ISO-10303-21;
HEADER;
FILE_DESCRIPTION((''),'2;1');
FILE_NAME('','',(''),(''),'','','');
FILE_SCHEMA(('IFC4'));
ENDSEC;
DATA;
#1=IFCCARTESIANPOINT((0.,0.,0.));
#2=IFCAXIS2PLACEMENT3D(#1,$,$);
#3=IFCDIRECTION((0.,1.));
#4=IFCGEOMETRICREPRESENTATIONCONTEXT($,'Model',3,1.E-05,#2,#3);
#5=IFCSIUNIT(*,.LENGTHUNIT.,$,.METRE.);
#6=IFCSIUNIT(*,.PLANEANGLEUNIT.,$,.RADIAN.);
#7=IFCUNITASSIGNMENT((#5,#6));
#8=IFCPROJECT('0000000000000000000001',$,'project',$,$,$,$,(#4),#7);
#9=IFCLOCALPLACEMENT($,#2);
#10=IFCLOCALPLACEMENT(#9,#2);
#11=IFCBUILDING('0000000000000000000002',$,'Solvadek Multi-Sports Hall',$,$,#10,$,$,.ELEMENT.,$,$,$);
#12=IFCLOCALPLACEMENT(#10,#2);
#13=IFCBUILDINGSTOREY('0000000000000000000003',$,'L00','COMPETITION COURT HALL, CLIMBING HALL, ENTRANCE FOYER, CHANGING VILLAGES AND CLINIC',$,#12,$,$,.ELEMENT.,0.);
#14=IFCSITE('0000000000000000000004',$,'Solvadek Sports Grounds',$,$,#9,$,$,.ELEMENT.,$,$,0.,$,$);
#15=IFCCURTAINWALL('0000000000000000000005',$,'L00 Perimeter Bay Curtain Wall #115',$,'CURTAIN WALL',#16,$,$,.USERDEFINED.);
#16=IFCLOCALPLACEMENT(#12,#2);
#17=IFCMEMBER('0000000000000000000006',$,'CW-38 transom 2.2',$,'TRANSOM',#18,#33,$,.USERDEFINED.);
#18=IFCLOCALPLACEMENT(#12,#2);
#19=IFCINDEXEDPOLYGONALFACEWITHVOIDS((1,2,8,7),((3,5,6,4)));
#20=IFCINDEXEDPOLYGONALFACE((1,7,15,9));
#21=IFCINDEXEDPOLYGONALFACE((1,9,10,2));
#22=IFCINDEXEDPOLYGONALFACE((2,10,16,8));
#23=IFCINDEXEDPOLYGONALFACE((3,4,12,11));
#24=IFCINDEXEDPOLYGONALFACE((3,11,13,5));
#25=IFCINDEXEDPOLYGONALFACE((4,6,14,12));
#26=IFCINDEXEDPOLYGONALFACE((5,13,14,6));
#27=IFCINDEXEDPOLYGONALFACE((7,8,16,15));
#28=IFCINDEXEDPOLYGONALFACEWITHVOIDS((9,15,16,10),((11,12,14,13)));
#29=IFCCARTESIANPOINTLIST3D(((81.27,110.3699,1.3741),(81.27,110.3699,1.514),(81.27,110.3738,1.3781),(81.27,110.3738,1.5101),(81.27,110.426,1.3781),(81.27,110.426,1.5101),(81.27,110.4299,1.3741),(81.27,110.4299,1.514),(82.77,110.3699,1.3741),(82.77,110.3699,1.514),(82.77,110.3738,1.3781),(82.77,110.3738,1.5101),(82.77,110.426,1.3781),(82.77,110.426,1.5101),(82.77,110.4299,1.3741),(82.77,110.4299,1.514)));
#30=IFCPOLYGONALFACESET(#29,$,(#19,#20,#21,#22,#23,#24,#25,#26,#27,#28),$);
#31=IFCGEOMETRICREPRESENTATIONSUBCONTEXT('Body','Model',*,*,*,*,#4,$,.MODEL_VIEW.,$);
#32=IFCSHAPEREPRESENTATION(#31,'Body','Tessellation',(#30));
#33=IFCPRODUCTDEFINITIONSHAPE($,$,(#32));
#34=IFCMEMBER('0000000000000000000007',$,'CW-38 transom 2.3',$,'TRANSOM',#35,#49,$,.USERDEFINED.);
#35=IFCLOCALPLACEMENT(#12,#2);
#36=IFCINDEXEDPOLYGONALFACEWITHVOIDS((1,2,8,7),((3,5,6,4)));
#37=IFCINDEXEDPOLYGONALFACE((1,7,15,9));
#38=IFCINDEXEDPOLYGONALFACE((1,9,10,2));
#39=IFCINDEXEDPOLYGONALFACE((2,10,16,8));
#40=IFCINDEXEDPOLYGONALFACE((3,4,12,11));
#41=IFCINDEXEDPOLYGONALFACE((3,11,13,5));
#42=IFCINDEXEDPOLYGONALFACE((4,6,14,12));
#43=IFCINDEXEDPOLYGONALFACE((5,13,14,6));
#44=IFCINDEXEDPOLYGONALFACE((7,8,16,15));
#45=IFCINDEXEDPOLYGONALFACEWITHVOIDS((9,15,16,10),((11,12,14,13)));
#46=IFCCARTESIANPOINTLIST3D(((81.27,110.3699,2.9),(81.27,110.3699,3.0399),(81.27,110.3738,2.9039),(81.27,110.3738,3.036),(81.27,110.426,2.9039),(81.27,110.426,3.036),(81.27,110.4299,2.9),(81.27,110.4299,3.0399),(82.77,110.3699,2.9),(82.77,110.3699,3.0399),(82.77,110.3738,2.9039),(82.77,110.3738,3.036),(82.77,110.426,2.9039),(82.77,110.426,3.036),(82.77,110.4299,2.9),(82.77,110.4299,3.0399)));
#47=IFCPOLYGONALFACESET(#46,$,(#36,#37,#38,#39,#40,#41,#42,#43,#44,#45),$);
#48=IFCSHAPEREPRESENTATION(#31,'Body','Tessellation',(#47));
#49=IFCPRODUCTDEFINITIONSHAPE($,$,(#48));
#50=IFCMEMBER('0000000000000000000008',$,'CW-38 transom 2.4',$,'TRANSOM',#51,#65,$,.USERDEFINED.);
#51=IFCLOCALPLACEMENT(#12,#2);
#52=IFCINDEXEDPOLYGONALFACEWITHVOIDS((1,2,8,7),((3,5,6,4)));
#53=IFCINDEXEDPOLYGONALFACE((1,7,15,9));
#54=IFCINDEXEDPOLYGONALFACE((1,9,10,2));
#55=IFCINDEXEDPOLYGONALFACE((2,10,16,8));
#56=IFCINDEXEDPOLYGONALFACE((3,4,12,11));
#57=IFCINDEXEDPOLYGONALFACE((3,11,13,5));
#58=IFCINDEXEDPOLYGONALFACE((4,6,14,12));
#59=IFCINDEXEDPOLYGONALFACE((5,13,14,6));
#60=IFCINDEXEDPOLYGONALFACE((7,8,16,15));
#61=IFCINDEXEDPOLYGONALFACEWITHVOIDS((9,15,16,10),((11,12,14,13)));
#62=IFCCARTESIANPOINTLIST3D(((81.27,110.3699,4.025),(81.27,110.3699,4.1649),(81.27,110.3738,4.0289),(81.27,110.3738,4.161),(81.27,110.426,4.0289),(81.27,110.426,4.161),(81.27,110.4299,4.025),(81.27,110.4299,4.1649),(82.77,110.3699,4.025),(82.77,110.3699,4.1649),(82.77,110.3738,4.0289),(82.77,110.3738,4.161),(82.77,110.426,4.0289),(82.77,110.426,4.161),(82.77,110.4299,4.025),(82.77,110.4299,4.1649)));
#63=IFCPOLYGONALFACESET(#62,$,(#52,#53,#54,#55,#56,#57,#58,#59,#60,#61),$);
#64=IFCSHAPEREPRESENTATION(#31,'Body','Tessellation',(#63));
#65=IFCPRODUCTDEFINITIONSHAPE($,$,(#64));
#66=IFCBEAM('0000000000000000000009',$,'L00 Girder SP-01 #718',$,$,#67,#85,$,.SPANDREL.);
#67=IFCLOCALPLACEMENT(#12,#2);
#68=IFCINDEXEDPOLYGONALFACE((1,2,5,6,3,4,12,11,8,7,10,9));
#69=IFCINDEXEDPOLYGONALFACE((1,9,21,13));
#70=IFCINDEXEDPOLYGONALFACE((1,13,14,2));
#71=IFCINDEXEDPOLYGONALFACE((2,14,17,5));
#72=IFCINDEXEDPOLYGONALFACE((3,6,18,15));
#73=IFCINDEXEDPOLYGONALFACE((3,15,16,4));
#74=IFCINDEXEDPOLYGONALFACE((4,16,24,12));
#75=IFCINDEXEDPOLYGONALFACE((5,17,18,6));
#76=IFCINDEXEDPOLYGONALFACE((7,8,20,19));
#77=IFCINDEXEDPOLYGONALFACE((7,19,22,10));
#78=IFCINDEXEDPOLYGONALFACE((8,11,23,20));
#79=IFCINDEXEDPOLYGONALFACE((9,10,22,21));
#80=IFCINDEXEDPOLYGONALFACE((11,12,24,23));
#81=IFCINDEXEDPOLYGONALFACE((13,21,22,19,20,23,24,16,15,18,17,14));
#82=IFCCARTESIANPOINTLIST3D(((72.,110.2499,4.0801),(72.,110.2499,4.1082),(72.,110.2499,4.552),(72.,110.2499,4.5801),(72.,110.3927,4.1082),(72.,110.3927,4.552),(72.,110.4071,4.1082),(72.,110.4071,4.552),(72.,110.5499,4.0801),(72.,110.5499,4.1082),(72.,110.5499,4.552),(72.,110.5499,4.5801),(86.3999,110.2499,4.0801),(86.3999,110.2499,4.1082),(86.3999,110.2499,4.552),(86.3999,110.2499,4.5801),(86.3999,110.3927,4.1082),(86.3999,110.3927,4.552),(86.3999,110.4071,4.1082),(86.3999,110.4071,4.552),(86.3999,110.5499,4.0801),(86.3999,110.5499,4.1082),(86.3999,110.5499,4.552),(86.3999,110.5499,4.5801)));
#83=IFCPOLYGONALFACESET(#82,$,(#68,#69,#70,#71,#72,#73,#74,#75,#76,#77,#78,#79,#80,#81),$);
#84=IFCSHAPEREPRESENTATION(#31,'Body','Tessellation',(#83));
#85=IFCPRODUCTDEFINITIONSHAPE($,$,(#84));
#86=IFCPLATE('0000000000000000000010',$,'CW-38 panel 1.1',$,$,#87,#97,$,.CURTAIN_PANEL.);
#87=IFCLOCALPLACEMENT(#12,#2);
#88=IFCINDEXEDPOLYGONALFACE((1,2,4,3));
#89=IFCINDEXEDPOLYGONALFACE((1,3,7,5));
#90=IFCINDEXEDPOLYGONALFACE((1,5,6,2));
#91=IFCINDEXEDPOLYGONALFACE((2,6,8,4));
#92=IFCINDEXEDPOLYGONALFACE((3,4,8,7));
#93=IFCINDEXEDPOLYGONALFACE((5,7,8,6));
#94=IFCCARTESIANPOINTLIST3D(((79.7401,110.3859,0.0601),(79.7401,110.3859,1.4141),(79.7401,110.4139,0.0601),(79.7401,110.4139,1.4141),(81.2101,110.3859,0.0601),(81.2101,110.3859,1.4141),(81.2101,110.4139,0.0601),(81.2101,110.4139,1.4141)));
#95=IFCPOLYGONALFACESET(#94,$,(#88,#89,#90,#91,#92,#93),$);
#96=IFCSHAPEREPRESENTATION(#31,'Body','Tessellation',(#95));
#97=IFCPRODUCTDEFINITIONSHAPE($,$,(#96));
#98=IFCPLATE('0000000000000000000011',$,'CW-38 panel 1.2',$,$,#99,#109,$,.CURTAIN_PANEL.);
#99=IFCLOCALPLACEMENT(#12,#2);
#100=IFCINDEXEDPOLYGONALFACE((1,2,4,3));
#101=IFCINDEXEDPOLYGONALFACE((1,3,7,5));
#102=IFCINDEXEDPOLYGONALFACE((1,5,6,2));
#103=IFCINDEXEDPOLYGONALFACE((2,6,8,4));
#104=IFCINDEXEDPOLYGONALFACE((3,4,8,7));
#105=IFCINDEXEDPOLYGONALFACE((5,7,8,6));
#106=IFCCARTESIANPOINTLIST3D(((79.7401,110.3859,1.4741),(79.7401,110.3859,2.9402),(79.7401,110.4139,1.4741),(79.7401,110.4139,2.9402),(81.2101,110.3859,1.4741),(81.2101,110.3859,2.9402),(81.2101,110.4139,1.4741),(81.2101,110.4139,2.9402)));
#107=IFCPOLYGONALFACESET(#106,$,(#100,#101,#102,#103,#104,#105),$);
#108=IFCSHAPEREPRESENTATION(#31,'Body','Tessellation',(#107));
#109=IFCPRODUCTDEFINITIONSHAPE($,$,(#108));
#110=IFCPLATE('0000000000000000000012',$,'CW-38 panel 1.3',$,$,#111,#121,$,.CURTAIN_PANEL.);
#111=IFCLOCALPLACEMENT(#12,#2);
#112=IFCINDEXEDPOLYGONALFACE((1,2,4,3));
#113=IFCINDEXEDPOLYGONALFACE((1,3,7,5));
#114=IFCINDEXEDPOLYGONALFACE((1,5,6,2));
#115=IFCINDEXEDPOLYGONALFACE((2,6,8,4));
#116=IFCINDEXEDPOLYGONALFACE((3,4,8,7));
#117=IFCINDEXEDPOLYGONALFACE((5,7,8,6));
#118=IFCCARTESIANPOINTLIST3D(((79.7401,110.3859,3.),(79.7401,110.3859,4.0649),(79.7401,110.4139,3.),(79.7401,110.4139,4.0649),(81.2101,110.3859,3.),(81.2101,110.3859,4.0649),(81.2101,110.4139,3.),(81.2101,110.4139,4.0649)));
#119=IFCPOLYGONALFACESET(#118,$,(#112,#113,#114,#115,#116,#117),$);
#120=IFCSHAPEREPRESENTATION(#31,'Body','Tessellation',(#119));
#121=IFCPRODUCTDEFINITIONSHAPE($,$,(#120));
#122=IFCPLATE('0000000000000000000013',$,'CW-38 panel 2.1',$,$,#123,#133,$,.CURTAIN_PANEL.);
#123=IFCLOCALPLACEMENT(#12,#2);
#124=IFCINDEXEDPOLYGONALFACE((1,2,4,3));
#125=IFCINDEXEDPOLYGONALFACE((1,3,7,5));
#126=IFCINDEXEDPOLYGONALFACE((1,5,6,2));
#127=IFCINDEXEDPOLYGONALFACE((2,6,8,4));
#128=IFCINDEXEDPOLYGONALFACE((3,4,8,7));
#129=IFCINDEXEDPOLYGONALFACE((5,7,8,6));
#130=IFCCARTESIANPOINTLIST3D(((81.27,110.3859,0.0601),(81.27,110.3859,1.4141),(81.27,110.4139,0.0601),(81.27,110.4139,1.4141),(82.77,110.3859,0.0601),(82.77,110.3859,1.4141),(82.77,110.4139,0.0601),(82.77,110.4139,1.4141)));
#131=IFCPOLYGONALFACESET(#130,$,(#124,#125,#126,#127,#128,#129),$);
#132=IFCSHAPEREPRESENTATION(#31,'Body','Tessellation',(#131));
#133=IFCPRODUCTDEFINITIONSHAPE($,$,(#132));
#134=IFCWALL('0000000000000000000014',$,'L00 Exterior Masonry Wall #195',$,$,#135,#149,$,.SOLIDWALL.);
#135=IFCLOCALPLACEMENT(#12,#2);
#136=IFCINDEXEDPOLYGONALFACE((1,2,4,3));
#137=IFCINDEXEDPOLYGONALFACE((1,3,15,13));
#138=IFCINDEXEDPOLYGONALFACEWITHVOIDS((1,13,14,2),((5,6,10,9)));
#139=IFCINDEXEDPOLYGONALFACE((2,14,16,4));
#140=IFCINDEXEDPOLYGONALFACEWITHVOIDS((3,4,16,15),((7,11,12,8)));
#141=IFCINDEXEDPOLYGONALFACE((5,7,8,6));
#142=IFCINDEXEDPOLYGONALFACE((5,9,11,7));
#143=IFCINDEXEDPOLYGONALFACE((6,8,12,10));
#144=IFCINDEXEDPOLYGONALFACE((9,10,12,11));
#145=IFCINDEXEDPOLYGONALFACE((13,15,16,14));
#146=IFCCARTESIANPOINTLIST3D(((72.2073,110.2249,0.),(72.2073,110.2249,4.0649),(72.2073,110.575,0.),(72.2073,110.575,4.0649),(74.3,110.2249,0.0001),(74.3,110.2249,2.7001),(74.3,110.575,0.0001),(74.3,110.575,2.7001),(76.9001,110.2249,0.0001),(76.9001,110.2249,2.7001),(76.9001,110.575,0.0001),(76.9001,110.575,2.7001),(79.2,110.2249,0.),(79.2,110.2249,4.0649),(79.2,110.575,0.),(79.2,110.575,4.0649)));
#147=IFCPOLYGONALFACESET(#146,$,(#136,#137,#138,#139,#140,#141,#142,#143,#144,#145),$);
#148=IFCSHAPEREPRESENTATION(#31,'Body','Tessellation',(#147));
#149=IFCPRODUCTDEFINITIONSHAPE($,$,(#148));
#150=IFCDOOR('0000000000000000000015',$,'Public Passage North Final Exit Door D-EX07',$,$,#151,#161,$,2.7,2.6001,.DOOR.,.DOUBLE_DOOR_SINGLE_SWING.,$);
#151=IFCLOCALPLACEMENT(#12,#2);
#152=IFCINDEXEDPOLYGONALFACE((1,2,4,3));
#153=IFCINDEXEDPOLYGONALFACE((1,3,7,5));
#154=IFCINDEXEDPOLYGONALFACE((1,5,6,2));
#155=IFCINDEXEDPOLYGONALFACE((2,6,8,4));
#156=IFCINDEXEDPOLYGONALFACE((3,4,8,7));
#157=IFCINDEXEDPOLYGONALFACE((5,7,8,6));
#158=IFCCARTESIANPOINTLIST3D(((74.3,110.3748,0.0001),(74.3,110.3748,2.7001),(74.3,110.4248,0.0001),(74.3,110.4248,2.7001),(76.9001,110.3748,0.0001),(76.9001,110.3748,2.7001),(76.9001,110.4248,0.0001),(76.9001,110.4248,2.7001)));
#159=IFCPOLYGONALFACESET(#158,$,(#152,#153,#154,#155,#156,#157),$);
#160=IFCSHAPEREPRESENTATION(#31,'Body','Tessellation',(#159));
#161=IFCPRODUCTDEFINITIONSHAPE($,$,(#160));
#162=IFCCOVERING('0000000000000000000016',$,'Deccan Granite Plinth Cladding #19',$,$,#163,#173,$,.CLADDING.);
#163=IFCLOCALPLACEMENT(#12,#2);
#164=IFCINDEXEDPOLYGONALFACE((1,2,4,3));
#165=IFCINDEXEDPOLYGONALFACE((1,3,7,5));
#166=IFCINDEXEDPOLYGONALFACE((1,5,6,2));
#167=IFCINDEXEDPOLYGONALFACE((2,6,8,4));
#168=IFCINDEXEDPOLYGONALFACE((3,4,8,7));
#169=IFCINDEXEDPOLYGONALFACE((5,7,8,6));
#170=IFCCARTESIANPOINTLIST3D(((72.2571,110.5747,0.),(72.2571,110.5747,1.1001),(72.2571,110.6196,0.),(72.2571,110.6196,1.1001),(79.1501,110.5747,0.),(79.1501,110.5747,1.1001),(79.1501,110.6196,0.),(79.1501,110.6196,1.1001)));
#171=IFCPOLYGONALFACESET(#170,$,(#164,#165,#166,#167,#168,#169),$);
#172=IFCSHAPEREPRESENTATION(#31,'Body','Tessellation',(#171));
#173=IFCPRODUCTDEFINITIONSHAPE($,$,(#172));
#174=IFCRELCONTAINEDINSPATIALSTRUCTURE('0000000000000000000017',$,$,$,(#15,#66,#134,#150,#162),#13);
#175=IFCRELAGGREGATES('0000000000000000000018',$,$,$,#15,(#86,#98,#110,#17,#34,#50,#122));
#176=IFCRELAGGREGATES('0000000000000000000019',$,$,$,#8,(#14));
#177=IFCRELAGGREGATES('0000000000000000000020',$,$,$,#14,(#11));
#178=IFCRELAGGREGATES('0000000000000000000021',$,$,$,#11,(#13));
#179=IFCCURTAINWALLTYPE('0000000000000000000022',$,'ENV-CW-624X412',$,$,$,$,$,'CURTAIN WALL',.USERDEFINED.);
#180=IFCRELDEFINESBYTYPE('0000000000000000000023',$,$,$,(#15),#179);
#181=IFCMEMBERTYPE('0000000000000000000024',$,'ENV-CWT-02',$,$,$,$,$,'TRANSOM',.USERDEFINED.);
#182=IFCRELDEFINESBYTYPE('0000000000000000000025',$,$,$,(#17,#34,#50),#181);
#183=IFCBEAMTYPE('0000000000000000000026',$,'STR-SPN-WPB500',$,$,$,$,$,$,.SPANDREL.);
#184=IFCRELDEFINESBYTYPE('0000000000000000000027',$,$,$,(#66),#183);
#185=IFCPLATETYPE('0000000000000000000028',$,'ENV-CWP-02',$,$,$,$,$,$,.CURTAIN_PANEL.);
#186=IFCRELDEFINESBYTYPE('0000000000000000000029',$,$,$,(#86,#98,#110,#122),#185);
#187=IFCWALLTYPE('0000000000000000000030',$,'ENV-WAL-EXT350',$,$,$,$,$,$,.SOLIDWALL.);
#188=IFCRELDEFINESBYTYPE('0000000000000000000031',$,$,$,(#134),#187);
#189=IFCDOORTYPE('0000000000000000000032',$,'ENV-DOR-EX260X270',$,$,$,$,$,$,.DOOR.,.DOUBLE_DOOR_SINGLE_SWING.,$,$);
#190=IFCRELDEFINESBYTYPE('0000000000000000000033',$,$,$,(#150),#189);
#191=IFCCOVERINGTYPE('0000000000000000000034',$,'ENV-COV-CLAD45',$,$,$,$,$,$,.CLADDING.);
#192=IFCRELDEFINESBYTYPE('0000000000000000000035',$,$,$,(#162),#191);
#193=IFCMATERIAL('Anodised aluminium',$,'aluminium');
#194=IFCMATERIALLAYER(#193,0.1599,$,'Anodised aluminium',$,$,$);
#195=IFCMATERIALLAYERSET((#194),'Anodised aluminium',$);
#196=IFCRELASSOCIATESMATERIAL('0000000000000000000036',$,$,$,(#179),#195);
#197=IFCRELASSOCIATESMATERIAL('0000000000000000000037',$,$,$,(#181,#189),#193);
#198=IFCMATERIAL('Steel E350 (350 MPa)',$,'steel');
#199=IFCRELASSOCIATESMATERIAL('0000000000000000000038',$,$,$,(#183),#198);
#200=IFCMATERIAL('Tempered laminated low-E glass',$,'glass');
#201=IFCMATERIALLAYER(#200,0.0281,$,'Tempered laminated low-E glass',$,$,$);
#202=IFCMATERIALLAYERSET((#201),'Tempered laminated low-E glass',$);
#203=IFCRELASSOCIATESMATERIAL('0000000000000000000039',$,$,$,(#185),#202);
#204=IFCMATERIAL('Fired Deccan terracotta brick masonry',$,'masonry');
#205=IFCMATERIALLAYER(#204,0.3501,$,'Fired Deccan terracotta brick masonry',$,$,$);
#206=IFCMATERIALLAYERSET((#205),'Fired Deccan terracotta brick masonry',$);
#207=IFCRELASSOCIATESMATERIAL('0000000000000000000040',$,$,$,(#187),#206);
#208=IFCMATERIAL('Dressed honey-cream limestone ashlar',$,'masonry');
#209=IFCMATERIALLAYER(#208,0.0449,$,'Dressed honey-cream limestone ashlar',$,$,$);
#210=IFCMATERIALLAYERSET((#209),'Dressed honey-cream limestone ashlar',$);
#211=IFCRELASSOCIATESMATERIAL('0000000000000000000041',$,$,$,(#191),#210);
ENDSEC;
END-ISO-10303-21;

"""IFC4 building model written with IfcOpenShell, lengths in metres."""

from ifc_helpers import new_model, si_unit, direction, frame, frame_2d, origin, origin_2d, place, context, subcontext, project, spatial, rectangle, hollow_rectangle, i_section, extrude, material, layer, layer_set, material_profile, profile_set, type_object, element, fill, aggregate, save


model = new_model("IFC4")

# Units and contexts
model_context = context("Model", 3, precision=1e-05, world=origin(), true_north=direction((0.0, 1.0)))
body_context = subcontext(model_context, "Body", "Model", "MODEL_VIEW")
ifc_project = project(units=[si_unit("LENGTHUNIT", "METRE"), si_unit("PLANEANGLEUNIT", "RADIAN")], contexts=[model_context])

# Site, building, storey
site_placement = place(None, origin())
site = spatial("IfcSite", under=ifc_project, at=site_placement, Name="Solvadek Sports Grounds", CompositionType="ELEMENT", RefElevation=0.0)
building_placement = place(site_placement, origin())
building = spatial("IfcBuilding", under=site, at=building_placement, Name="Solvadek Multi-Sports Hall", CompositionType="ELEMENT")
storey_placement = place(building_placement, origin())
storey = spatial("IfcBuildingStorey", under=building, at=storey_placement, Name="L00", Description="COMPETITION COURT HALL, CLIMBING HALL, ENTRANCE FOYER, CHANGING VILLAGES AND CLINIC", CompositionType="ELEMENT", Elevation=0.0)

# Shared definitions
ifc_material_1 = material(Name="Steel E350 (350 MPa)", Category="steel")

# Curtain wall, members
ifc_material_2 = material(Name="Anodised aluminium", Category="aluminium")
ifc_layer_1 = layer(ifc_material_2, 0.1599, Name="Anodised aluminium")
ifc_layer_set_1 = layer_set([ifc_layer_1], Name="Anodised aluminium")
curtain_wall_type = type_object("IfcCurtainWallType", Name="ENV-CW-624X412", ElementType="CURTAIN WALL", PredefinedType="USERDEFINED", material=ifc_layer_set_1)
curtain_wall_placement = place(storey_placement, origin())
curtain_wall = element("IfcCurtainWall", 1, at=curtain_wall_placement, inside=storey, type_object=curtain_wall_type, Name="L00 Perimeter Bay Curtain Wall #115", ObjectType="CURTAIN WALL", PredefinedType="USERDEFINED")
ifc_material_profile_1 = material_profile(ifc_material_2, hollow_rectangle(XDim=0.0601, YDim=0.1399, WallThickness=0.0039, at=origin_2d()), Name="ALU-T 140x60x4")
ifc_profile_set_1 = profile_set([ifc_material_profile_1], Name="Anodised aluminium")
member_type_1 = type_object("IfcMemberType", Name="ENV-CWT-02", ElementType="TRANSOM", PredefinedType="USERDEFINED", material=ifc_profile_set_1)
member_1_placement = place(storey_placement, frame((81.27, 110.3999, 1.4441), z_axis=(1.0, 0.0, 0.0), x_axis=(0.0, 1.0, 0.0)))
member_1 = element("IfcMember", 2, at=member_1_placement, type_object=member_type_1, Name="CW-38 transom 2.2", ObjectType="TRANSOM", PredefinedType="USERDEFINED", context=body_context, shape_type="SweptSolid", body=[
    extrude(hollow_rectangle(XDim=0.0601, YDim=0.1399, WallThickness=0.0039, at=origin_2d()), origin(), (0.0, 0.0, 1.0), 1.5),
])
member_2_placement = place(storey_placement, frame((81.27, 110.3999, 2.97), z_axis=(1.0, 0.0, 0.0), x_axis=(0.0, 1.0, 0.0)))
member_2 = element("IfcMember", 3, at=member_2_placement, type_object=member_type_1, Name="CW-38 transom 2.3", ObjectType="TRANSOM", PredefinedType="USERDEFINED", context=body_context, shape_type="SweptSolid", body=[
    extrude(hollow_rectangle(XDim=0.0601, YDim=0.1399, WallThickness=0.0039, at=origin_2d()), origin(), (0.0, 0.0, 1.0), 1.5),
])
member_3_placement = place(storey_placement, frame((81.27, 110.3999, 4.095), z_axis=(1.0, 0.0, 0.0), x_axis=(0.0, 1.0, 0.0)))
member_3 = element("IfcMember", 4, at=member_3_placement, type_object=member_type_1, Name="CW-38 transom 2.4", ObjectType="TRANSOM", PredefinedType="USERDEFINED", context=body_context, shape_type="SweptSolid", body=[
    extrude(hollow_rectangle(XDim=0.0601, YDim=0.1399, WallThickness=0.0039, at=origin_2d()), origin(), (0.0, 0.0, 1.0), 1.5),
])

# Beam
ifc_material_profile_2 = material_profile(ifc_material_1, i_section(OverallWidth=0.3, OverallDepth=0.5, WebThickness=0.0144, FlangeThickness=0.0281, at=origin_2d()), Name="WPB 500")
ifc_profile_set_2 = profile_set([ifc_material_profile_2], Name="Steel E350 (350 MPa)")
beam_type = type_object("IfcBeamType", Name="STR-SPN-WPB500", PredefinedType="SPANDREL", material=ifc_profile_set_2)
beam_placement = place(storey_placement, frame((72.0, 110.3999, 4.3301), z_axis=(1.0, 0.0, 0.0), x_axis=(0.0, 1.0, 0.0)))
element("IfcBeam", 5, at=beam_placement, inside=storey, type_object=beam_type, Name="L00 Girder SP-01 #718", PredefinedType="SPANDREL", context=body_context, shape_type="SweptSolid", body=[
    extrude(i_section(OverallWidth=0.3, OverallDepth=0.5, WebThickness=0.0144, FlangeThickness=0.0281, at=origin_2d()), origin(), (0.0, 0.0, 1.0), 14.3999),
])

# Plates
ifc_material_3 = material(Name="Tempered laminated low-E glass", Category="glass")
ifc_layer_2 = layer(ifc_material_3, 0.0281, Name="Tempered laminated low-E glass")
ifc_layer_set_2 = layer_set([ifc_layer_2], Name="Tempered laminated low-E glass")
plate_type = type_object("IfcPlateType", Name="ENV-CWP-02", PredefinedType="CURTAIN_PANEL", material=ifc_layer_set_2)
plate_1_placement = place(storey_placement, frame((80.4751, 110.3999, 0.0601), z_axis=(0.0, 0.0, 1.0), x_axis=(1.0, 0.0, 0.0)))
plate_1 = element("IfcPlate", 6, at=plate_1_placement, type_object=plate_type, Name="CW-38 panel 1.1", PredefinedType="CURTAIN_PANEL", context=body_context, shape_type="SweptSolid", body=[
    extrude(rectangle(XDim=1.47, YDim=0.0281, at=origin_2d()), origin(), (0.0, 0.0, 1.0), 1.354),
])
plate_2_placement = place(storey_placement, frame((80.4751, 110.3999, 1.4741), z_axis=(0.0, 0.0, 1.0), x_axis=(1.0, 0.0, 0.0)))
plate_2 = element("IfcPlate", 7, at=plate_2_placement, type_object=plate_type, Name="CW-38 panel 1.2", PredefinedType="CURTAIN_PANEL", context=body_context, shape_type="SweptSolid", body=[
    extrude(rectangle(XDim=1.47, YDim=0.0281, at=origin_2d()), origin(), (0.0, 0.0, 1.0), 1.4661),
])
plate_3_placement = place(storey_placement, frame((80.4751, 110.3999, 3.0), z_axis=(0.0, 0.0, 1.0), x_axis=(1.0, 0.0, 0.0)))
plate_3 = element("IfcPlate", 8, at=plate_3_placement, type_object=plate_type, Name="CW-38 panel 1.3", PredefinedType="CURTAIN_PANEL", context=body_context, shape_type="SweptSolid", body=[
    extrude(rectangle(XDim=1.47, YDim=0.0281, at=origin_2d()), origin(), (0.0, 0.0, 1.0), 1.0649),
])
plate_4_placement = place(storey_placement, frame((82.02, 110.3999, 0.0601), z_axis=(0.0, 0.0, 1.0), x_axis=(1.0, 0.0, 0.0)))
plate_4 = element("IfcPlate", 9, at=plate_4_placement, type_object=plate_type, Name="CW-38 panel 2.1", PredefinedType="CURTAIN_PANEL", context=body_context, shape_type="SweptSolid", body=[
    extrude(rectangle(XDim=1.5, YDim=0.0281, at=origin_2d()), origin(), (0.0, 0.0, 1.0), 1.354),
])
aggregate(curtain_wall, [plate_1, plate_2, plate_3, member_1, member_2, member_3, plate_4])

# Wall, opening, door
ifc_material_4 = material(Name="Fired Deccan terracotta brick masonry", Category="masonry")
ifc_layer_3 = layer(ifc_material_4, 0.3501, Name="Fired Deccan terracotta brick masonry")
ifc_layer_set_3 = layer_set([ifc_layer_3], Name="Fired Deccan terracotta brick masonry")
wall_type = type_object("IfcWallType", Name="ENV-WAL-EXT350", PredefinedType="SOLIDWALL", material=ifc_layer_set_3)
wall_placement = place(storey_placement, frame((72.2073, 110.3999, 0.0), z_axis=(0.0, 0.0, 1.0), x_axis=(1.0, 0.0, 0.0)))
wall = element("IfcWall", 10, at=wall_placement, inside=storey, type_object=wall_type, Name="L00 Exterior Masonry Wall #195", PredefinedType="SOLIDWALL", context=body_context, shape_type="SweptSolid", body=[
    extrude(rectangle(XDim=6.9927, YDim=0.3501, at=frame_2d((3.4963, 0.0))), origin(), (0.0, 0.0, 1.0), 4.0649),
])
opening_placement = place(wall_placement, frame((2.0928, 0.0, 0.0)))
opening = element("IfcOpeningElement", 11, at=opening_placement, cuts=wall, PredefinedType="OPENING", context=body_context, shape_type="SweptSolid", body=[
    extrude(rectangle(XDim=2.6001, YDim=2.7, at=frame_2d((1.3, 1.3501))), frame((0.0, 0.1851, 0.0), z_axis=(0.0, -1.0, 0.0), x_axis=(1.0, 0.0, 0.0)), (0.0, 0.0, 1.0), 0.3701),
])
door_type = type_object("IfcDoorType", Name="ENV-DOR-EX260X270", OperationType="DOUBLE_DOOR_SINGLE_SWING", PredefinedType="DOOR", material=ifc_material_2)
door_placement = place(opening_placement, origin())
door = element("IfcDoor", 12, at=door_placement, inside=storey, type_object=door_type, Name="Public Passage North Final Exit Door D-EX07", OperationType="DOUBLE_DOOR_SINGLE_SWING", OverallHeight=2.7, OverallWidth=2.6001, PredefinedType="DOOR", context=body_context, shape_type="SweptSolid", body=[
    extrude(rectangle(XDim=2.6001, YDim=2.7, at=frame_2d((1.3, 1.3501))), frame((0.0, 0.0249, 0.0), z_axis=(0.0, -1.0, 0.0), x_axis=(1.0, 0.0, 0.0)), (0.0, 0.0, 1.0), 0.05),
])
fill(opening, door)

# Covering
ifc_material_5 = material(Name="Dressed honey-cream limestone ashlar", Category="masonry")
ifc_layer_4 = layer(ifc_material_5, 0.0449, Name="Dressed honey-cream limestone ashlar")
ifc_layer_set_4 = layer_set([ifc_layer_4], Name="Dressed honey-cream limestone ashlar")
covering_type = type_object("IfcCoveringType", Name="ENV-COV-CLAD45", PredefinedType="CLADDING", material=ifc_layer_set_4)
covering_placement = place(storey_placement, frame((75.7036, 110.5972, 0.0), z_axis=(0.0, 0.0, 1.0), x_axis=(1.0, 0.0, 0.0)))
element("IfcCovering", 13, at=covering_placement, inside=storey, type_object=covering_type, Name="Deccan Granite Plinth Cladding #19", PredefinedType="CLADDING", context=body_context, shape_type="SweptSolid", body=[
    extrude(rectangle(XDim=6.8931, YDim=0.0449, at=origin_2d()), origin(), (0.0, 0.0, 1.0), 1.1001),
])

save(model, "model.ifc")
